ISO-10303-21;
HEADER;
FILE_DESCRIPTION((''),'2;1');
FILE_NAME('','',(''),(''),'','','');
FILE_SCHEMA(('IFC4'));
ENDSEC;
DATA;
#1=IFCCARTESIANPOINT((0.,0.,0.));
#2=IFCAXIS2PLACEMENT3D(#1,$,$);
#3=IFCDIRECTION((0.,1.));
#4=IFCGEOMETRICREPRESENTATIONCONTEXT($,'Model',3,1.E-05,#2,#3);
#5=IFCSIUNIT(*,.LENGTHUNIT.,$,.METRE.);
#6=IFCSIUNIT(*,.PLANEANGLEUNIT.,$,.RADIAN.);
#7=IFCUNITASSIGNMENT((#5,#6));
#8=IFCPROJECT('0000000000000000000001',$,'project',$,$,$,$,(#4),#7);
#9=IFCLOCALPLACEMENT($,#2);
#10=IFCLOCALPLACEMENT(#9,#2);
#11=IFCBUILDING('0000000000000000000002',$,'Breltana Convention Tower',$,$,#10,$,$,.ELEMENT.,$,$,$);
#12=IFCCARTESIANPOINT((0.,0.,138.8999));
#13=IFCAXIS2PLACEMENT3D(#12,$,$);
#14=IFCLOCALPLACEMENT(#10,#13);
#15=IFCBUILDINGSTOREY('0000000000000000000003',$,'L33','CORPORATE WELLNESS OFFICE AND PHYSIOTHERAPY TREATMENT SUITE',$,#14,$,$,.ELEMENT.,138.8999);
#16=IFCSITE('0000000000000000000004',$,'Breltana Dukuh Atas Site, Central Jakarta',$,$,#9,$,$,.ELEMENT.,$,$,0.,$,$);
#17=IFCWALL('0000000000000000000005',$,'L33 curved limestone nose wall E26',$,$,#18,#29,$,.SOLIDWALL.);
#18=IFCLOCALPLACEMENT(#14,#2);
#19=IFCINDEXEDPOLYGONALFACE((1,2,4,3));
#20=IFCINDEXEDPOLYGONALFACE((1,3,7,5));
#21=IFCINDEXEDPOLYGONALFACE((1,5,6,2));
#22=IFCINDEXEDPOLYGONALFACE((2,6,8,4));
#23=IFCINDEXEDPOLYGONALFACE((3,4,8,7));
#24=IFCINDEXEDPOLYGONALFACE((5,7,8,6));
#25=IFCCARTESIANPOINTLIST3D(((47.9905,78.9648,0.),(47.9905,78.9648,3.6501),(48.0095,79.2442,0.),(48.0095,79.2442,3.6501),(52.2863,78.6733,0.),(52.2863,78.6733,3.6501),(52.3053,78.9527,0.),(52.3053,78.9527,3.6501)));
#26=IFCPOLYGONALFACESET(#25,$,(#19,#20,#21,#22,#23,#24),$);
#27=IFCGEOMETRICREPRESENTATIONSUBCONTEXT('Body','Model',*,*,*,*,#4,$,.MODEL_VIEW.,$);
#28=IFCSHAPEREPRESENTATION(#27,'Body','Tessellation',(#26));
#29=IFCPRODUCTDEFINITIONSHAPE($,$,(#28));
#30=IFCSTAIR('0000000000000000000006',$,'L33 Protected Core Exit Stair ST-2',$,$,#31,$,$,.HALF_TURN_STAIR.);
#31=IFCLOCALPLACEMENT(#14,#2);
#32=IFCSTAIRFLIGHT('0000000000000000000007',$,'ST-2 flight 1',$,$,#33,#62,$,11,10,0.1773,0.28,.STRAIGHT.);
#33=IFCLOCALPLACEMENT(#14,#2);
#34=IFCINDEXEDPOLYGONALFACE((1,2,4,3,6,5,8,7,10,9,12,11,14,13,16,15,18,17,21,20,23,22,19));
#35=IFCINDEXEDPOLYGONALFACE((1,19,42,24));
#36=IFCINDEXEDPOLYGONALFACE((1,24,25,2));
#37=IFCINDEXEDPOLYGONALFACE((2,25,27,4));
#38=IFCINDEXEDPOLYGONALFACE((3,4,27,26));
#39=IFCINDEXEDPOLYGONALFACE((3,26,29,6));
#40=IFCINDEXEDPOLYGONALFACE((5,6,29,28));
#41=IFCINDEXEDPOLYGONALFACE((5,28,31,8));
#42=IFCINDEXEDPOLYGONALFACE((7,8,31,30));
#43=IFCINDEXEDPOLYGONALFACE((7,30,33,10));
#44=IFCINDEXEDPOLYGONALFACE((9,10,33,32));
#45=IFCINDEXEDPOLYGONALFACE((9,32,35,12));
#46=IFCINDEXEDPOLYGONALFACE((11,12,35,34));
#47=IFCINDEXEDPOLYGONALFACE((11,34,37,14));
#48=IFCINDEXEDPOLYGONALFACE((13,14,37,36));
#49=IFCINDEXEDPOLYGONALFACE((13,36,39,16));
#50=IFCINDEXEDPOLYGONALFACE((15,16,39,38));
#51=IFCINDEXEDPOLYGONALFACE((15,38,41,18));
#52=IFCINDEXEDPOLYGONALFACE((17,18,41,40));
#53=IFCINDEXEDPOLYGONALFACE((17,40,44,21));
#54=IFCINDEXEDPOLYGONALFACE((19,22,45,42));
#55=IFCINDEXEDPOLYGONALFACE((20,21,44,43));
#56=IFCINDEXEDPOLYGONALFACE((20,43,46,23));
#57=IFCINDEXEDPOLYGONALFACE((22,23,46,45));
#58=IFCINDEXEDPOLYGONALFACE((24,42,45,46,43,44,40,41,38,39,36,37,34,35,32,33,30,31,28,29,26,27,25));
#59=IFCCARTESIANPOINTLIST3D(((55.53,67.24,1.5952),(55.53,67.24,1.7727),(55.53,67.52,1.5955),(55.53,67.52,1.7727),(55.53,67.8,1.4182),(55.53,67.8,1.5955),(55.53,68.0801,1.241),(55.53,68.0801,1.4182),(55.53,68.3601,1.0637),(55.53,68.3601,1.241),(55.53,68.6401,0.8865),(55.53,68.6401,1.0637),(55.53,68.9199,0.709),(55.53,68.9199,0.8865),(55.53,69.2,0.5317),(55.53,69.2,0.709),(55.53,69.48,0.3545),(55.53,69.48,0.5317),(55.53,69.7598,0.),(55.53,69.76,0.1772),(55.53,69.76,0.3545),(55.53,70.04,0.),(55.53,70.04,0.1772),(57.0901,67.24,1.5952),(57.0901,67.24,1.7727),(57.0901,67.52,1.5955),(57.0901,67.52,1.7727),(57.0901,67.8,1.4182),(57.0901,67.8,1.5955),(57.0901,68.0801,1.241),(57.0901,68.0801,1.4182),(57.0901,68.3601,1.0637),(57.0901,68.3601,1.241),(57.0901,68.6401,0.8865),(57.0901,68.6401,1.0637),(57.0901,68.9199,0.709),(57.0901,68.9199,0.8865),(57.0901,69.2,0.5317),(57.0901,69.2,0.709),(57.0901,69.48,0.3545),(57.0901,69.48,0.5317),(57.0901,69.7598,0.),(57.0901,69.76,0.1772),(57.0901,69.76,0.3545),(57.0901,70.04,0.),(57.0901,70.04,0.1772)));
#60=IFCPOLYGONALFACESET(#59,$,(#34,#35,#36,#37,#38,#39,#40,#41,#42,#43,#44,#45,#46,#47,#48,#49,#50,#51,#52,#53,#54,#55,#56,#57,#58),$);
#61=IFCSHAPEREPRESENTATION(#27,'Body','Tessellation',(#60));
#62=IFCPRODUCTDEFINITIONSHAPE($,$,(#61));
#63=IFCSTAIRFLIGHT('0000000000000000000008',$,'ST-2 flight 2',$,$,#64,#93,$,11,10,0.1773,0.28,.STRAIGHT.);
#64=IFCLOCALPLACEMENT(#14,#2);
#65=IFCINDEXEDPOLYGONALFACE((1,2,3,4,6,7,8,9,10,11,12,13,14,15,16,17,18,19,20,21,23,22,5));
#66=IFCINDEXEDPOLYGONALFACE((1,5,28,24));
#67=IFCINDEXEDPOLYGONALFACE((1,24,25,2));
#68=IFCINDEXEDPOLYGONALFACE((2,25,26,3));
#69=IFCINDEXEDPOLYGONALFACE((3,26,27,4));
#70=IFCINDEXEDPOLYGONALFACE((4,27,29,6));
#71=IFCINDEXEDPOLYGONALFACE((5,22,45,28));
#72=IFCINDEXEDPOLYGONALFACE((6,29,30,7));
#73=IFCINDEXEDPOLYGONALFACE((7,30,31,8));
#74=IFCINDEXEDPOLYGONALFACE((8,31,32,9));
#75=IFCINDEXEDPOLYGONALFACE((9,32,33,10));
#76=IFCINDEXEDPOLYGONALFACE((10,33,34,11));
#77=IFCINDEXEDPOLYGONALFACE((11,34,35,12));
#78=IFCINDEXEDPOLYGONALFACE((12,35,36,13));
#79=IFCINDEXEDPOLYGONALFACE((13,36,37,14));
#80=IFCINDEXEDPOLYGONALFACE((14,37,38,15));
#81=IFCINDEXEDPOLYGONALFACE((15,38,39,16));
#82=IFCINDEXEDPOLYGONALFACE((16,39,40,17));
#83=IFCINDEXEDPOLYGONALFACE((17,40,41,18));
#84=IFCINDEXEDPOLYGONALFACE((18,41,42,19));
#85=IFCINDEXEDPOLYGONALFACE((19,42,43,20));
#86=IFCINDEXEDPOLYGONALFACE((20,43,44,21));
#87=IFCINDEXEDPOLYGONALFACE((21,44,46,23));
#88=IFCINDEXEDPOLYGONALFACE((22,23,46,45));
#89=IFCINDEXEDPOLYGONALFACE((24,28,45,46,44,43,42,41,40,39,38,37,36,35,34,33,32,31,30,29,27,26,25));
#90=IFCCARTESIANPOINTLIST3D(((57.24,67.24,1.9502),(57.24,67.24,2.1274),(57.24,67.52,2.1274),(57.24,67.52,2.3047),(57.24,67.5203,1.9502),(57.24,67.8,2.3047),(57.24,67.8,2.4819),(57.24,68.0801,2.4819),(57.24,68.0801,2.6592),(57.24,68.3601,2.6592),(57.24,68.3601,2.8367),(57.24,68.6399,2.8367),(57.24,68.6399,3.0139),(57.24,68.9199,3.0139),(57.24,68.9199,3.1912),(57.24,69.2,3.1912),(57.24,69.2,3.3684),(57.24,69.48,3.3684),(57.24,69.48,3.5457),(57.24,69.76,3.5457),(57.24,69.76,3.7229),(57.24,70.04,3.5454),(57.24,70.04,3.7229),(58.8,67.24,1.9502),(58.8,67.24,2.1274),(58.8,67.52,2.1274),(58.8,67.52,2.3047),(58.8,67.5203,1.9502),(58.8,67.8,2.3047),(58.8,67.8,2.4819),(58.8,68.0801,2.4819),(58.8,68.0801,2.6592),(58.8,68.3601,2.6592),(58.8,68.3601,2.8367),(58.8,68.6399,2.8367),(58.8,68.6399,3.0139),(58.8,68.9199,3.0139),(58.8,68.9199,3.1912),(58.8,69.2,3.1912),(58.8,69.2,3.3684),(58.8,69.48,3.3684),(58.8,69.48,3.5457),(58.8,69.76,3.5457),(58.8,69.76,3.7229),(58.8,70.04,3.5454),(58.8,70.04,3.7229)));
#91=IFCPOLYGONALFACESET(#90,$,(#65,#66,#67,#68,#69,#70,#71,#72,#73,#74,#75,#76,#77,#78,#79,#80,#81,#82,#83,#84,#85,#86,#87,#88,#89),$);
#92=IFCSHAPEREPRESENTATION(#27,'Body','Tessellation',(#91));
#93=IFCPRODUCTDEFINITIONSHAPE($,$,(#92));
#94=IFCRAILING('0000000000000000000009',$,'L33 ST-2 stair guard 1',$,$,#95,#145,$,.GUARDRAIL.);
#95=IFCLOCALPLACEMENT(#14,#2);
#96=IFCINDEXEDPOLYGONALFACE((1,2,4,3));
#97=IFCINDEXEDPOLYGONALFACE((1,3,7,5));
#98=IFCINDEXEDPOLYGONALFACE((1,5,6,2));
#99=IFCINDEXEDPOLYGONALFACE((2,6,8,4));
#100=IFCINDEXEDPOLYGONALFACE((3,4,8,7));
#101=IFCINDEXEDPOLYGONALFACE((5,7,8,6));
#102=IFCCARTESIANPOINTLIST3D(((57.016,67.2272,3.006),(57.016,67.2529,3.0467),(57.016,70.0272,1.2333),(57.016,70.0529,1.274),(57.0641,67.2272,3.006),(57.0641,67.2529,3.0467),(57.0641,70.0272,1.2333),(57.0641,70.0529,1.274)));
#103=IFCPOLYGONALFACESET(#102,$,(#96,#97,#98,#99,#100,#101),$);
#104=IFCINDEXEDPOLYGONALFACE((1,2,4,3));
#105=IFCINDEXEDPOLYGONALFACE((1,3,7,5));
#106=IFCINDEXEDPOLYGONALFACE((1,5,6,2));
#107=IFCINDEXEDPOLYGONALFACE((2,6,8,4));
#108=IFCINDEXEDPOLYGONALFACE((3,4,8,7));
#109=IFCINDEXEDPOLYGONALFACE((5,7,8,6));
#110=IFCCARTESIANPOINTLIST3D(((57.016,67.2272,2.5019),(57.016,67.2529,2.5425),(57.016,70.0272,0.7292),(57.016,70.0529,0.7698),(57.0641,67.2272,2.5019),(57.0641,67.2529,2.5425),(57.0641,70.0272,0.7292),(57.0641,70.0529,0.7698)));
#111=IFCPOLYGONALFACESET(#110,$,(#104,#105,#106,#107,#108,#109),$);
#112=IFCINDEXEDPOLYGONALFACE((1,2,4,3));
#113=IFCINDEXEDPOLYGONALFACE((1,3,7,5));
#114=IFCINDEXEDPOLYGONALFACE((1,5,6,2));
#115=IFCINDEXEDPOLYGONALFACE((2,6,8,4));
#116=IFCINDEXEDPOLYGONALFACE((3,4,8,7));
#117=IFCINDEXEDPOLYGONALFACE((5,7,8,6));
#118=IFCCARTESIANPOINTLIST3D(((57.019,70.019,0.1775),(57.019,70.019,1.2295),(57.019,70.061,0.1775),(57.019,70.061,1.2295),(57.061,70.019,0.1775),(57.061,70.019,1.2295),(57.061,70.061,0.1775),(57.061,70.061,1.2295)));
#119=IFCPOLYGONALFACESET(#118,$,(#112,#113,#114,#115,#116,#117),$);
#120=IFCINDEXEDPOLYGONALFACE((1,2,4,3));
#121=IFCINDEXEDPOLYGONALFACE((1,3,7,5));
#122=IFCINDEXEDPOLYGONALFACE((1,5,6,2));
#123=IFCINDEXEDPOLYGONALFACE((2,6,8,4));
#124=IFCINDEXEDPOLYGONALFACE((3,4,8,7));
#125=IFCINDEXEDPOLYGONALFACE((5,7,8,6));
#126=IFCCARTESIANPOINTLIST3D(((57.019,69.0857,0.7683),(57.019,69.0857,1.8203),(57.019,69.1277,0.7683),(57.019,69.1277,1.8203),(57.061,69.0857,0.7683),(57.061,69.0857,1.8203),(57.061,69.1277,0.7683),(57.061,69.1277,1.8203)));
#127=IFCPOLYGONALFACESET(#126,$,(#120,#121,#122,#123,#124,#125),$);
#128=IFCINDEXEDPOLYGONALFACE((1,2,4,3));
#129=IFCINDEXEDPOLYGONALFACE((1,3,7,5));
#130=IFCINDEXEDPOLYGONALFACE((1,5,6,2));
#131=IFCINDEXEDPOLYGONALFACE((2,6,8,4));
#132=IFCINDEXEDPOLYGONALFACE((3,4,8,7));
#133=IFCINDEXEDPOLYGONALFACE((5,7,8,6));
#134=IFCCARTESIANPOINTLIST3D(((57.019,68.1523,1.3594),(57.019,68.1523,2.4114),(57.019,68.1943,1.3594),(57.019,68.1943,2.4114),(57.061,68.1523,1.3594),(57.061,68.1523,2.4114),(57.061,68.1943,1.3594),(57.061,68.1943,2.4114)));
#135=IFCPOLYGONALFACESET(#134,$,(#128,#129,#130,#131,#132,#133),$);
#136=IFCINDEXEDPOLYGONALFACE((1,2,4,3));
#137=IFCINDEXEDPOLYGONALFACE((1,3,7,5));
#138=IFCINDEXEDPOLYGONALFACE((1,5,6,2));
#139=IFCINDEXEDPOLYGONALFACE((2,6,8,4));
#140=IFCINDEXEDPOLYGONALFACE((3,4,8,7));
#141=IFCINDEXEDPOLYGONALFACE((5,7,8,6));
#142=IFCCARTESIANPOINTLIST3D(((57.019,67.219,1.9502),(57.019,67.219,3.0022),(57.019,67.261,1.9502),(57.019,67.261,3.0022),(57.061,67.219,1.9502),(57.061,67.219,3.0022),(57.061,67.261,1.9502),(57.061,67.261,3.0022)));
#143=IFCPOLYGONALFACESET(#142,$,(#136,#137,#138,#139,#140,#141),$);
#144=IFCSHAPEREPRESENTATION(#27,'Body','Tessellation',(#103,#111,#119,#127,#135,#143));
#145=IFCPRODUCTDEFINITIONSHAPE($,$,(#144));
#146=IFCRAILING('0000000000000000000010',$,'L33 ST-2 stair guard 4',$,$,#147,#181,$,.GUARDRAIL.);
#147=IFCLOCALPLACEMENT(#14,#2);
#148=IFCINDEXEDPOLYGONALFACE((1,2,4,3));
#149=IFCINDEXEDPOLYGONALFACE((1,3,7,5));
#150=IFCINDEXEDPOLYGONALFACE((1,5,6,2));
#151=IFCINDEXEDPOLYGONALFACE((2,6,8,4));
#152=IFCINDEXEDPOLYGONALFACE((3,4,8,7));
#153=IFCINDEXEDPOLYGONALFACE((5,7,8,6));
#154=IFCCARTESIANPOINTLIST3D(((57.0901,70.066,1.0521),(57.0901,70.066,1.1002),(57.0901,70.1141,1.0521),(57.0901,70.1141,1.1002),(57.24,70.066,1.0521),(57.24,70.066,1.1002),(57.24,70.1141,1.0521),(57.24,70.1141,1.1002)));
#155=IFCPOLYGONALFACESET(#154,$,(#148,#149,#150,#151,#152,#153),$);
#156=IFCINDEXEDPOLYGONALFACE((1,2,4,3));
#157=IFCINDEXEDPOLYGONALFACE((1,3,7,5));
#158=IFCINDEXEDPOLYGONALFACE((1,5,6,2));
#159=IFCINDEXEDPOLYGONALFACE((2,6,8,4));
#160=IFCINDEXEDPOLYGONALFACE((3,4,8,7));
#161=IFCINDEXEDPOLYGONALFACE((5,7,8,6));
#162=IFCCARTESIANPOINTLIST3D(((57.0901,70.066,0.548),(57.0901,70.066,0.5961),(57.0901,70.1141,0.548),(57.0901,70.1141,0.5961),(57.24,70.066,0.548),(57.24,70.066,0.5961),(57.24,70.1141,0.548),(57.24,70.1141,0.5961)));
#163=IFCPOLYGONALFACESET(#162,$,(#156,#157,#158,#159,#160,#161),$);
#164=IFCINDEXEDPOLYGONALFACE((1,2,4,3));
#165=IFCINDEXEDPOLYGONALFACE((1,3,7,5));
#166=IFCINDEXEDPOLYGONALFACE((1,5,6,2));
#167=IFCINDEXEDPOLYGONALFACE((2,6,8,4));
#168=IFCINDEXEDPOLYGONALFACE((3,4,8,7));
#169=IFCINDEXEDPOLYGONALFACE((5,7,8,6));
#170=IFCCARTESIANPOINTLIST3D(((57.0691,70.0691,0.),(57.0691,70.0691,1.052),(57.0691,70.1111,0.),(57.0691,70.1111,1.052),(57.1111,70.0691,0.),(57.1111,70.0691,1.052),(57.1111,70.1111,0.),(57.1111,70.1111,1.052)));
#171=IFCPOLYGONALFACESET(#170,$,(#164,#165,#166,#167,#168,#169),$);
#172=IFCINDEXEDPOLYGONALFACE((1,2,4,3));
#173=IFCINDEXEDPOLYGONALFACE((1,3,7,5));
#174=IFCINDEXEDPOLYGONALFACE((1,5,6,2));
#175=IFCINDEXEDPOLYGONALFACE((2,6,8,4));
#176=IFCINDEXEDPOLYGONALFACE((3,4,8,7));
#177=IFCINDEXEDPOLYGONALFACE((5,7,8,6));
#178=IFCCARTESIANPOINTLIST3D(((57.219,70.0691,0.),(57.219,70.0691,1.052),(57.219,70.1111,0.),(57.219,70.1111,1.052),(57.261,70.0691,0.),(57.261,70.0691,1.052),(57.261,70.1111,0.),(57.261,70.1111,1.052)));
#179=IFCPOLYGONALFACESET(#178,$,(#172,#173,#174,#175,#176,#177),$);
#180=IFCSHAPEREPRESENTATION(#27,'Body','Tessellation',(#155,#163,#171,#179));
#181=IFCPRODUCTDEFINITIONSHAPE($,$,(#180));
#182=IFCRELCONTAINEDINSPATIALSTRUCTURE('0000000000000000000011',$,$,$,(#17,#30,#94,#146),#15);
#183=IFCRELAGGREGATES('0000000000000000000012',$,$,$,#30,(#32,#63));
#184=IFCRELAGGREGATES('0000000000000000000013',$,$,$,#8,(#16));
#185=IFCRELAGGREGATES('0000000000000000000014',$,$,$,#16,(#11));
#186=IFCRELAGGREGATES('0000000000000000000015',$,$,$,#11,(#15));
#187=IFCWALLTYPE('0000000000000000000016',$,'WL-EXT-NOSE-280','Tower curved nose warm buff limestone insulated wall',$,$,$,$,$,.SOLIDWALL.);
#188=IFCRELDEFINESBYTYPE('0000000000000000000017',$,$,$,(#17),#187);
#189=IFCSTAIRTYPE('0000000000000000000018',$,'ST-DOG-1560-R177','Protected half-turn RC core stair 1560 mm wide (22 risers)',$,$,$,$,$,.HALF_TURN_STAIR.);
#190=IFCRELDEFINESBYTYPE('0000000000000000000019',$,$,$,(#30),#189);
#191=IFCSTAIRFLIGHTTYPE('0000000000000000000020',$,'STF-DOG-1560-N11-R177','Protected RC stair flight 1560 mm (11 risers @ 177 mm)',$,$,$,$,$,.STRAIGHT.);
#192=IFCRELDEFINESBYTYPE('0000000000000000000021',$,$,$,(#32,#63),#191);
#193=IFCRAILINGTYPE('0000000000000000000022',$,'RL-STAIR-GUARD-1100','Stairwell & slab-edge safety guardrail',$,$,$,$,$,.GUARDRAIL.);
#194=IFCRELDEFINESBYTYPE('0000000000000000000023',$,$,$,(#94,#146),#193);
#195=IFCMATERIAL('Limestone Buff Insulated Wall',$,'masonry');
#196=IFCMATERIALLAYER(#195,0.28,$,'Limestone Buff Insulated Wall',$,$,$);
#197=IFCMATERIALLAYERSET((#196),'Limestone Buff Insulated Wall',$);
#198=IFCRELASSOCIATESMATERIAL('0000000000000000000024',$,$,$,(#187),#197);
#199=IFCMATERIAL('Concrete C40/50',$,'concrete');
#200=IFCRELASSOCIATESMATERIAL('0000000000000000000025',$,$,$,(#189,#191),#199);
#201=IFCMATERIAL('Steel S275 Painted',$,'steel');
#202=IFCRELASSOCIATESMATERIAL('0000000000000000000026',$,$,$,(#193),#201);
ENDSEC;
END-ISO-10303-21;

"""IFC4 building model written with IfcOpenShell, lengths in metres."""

from ifc_helpers import new_model, si_unit, direction, frame, frame_2d, origin, origin_2d, place, context, subcontext, project, spatial, polyline, rectangle, outline, extrude, source, transform, mapped, material, layer, layer_set, type_object, element, aggregate, save


model = new_model("IFC4")

# Units and contexts
model_context = context("Model", 3, precision=1e-05, world=origin(), true_north=direction((0.0, 1.0)))
body_context = subcontext(model_context, "Body", "Model", "MODEL_VIEW")
ifc_project = project(units=[si_unit("LENGTHUNIT", "METRE"), si_unit("PLANEANGLEUNIT", "RADIAN")], contexts=[model_context])

# Site, building, storey
site_placement = place(None, origin())
site = spatial("IfcSite", under=ifc_project, at=site_placement, Name="Breltana Dukuh Atas Site, Central Jakarta", CompositionType="ELEMENT", RefElevation=0.0)
building_placement = place(site_placement, origin())
building = spatial("IfcBuilding", under=site, at=building_placement, Name="Breltana Convention Tower", CompositionType="ELEMENT")
storey_placement = place(building_placement, frame((0.0, 0.0, 138.8999)))
storey = spatial("IfcBuildingStorey", under=building, at=storey_placement, Name="L33", Description="CORPORATE WELLNESS OFFICE AND PHYSIOTHERAPY TREATMENT SUITE", CompositionType="ELEMENT", Elevation=138.8999)

# Wall
ifc_material_1 = material(Name="Limestone Buff Insulated Wall", Category="masonry")
ifc_layer_1 = layer(ifc_material_1, 0.28, Name="Limestone Buff Insulated Wall")
ifc_layer_set_1 = layer_set([ifc_layer_1], Name="Limestone Buff Insulated Wall")
wall_type_1 = type_object("IfcWallType", Name="WL-EXT-NOSE-280", Description="Tower curved nose warm buff limestone insulated wall", PredefinedType="SOLIDWALL", material=ifc_layer_set_1)
shared_shape_1 = source(origin(), body_context, "Body", "SweptSolid", [
    extrude(rectangle(XDim=4.3057, YDim=0.28, at=frame_2d((2.1528, 0.0))), origin(), (0.0, 0.0, 1.0), 3.6501),
])
wall_1_placement = place(storey_placement, frame((48.0, 79.1045, 0.0), z_axis=(0.0, 0.0, 1.0), x_axis=(0.997706, -0.067701, 0.0)))
element("IfcWall", 1, at=wall_1_placement, inside=storey, type_object=wall_type_1, Name="L33 curved limestone nose wall E26", PredefinedType="SOLIDWALL", context=body_context, shape_type="MappedRepresentation", body=[
    mapped(shared_shape_1, transform((0.0, 0.0, 0.0), scale=1.0)),
])

# Stair, stair flights
ifc_material_2 = material(Name="Concrete C40/50", Category="concrete")
stair_type = type_object("IfcStairType", Name="ST-DOG-1560-R177", Description="Protected half-turn RC core stair 1560 mm wide (22 risers)", PredefinedType="HALF_TURN_STAIR", material=ifc_material_2)
stair_placement = place(storey_placement, origin())
stair = element("IfcStair", 2, at=stair_placement, inside=storey, type_object=stair_type, Name="L33 Protected Core Exit Stair ST-2", PredefinedType="HALF_TURN_STAIR")
stair_flight_type = type_object("IfcStairFlightType", Name="STF-DOG-1560-N11-R177", Description="Protected RC stair flight 1560 mm (11 risers @ 177 mm)", PredefinedType="STRAIGHT", material=ifc_material_2)
stair_flight_1_placement = place(storey_placement, frame((56.3101, 70.04, 0.0), z_axis=(0.0, 0.0, 1.0), x_axis=(0.0, -1.0, 0.0)))
stair_flight_1 = element("IfcStairFlight", 3, at=stair_flight_1_placement, type_object=stair_flight_type, Name="ST-2 flight 1", NumberOfRisers=11, NumberOfTreads=10, PredefinedType="STRAIGHT", RiserHeight=0.1773, TreadLength=0.28, context=body_context, shape_type="SweptSolid", body=[
    extrude(outline(polyline([(0.0, 0.0), (0.0, 0.1772), (0.28, 0.1772), (0.28, 0.3545), (0.5601, 0.3545), (0.5601, 0.5317), (0.8401, 0.5317), (0.8401, 0.709), (1.1201, 0.709), (1.1201, 0.8865), (1.3999, 0.8865), (1.3999, 1.0637), (1.6799, 1.0637), (1.6799, 1.241), (1.96, 1.241), (1.96, 1.4182), (2.24, 1.4182), (2.24, 1.5955), (2.52, 1.5955), (2.52, 1.7727), (2.8, 1.7727), (2.8, 1.95), (2.8, 1.5952), (0.2803, 0.0), (0.0, 0.0)])), frame((0.0, 0.78, 0.0), z_axis=(0.0, -1.0, 0.0), x_axis=(1.0, 0.0, 0.0)), (0.0, 0.0, 1.0), 1.5601),
])
stair_flight_2_placement = place(storey_placement, frame((58.02, 67.24, 1.9502), z_axis=(0.0, 0.0, 1.0), x_axis=(0.0, 1.0, 0.0)))
stair_flight_2 = element("IfcStairFlight", 4, at=stair_flight_2_placement, type_object=stair_flight_type, Name="ST-2 flight 2", NumberOfRisers=11, NumberOfTreads=10, PredefinedType="STRAIGHT", RiserHeight=0.1773, TreadLength=0.28, context=body_context, shape_type="SweptSolid", body=[
    extrude(outline(polyline([(0.0, 0.0), (0.0, 0.1772), (0.28, 0.1772), (0.28, 0.3545), (0.5601, 0.3545), (0.5601, 0.5317), (0.8401, 0.5317), (0.8401, 0.709), (1.1201, 0.709), (1.1201, 0.8865), (1.3999, 0.8865), (1.3999, 1.0637), (1.6799, 1.0637), (1.6799, 1.241), (1.96, 1.241), (1.96, 1.4182), (2.24, 1.4182), (2.24, 1.5955), (2.52, 1.5955), (2.52, 1.7727), (2.8, 1.7727), (2.8, 1.95), (2.8, 1.5952), (0.2803, 0.0), (0.0, 0.0)])), frame((0.0, 0.78, 0.0), z_axis=(0.0, -1.0, 0.0), x_axis=(1.0, 0.0, 0.0)), (0.0, 0.0, 1.0), 1.5601),
])
aggregate(stair, [stair_flight_1, stair_flight_2])

# Railings
ifc_material_3 = material(Name="Steel S275 Painted", Category="steel")
railing_type_1 = type_object("IfcRailingType", Name="RL-STAIR-GUARD-1100", Description="Stairwell & slab-edge safety guardrail", PredefinedType="GUARDRAIL", material=ifc_material_3)
railing_1_placement = place(storey_placement, frame((57.04, 70.04, 0.1775)))
element("IfcRailing", 5, at=railing_1_placement, inside=storey, type_object=railing_type_1, Name="L33 ST-2 stair guard 1", PredefinedType="GUARDRAIL", context=body_context, shape_type="SweptSolid", body=[
    extrude(rectangle(XDim=0.0481, YDim=0.0481, at=origin_2d()), frame((0.0, 0.0, 1.0762), z_axis=(0.0, -0.844909, 0.53491), x_axis=(1.0, 0.0, 0.0)), (0.0, 0.0, 1.0), 3.314),
    extrude(rectangle(XDim=0.0481, YDim=0.0481, at=origin_2d()), frame((0.0, 0.0, 0.572), z_axis=(0.0, -0.844909, 0.53491), x_axis=(1.0, 0.0, 0.0)), (0.0, 0.0, 1.0), 3.314),
    extrude(rectangle(XDim=0.042, YDim=0.042, at=origin_2d()), origin(), (0.0, 0.0, 1.0), 1.052),
    extrude(rectangle(XDim=0.042, YDim=0.042, at=origin_2d()), frame((0.0, -0.9333, 0.5908)), (0.0, 0.0, 1.0), 1.052),
    extrude(rectangle(XDim=0.042, YDim=0.042, at=origin_2d()), frame((0.0, -1.8667, 1.1819)), (0.0, 0.0, 1.0), 1.052),
    extrude(rectangle(XDim=0.042, YDim=0.042, at=origin_2d()), frame((0.0, -2.8, 1.7727)), (0.0, 0.0, 1.0), 1.052),
])
railing_2_placement = place(storey_placement, frame((57.0901, 70.0901, 0.0)))
element("IfcRailing", 6, at=railing_2_placement, inside=storey, type_object=railing_type_1, Name="L33 ST-2 stair guard 4", PredefinedType="GUARDRAIL", context=body_context, shape_type="SweptSolid", body=[
    extrude(rectangle(XDim=0.0481, YDim=0.0481, at=origin_2d()), frame((0.0, 0.0, 1.0762), z_axis=(1.0, 0.0, 0.0), x_axis=(0.0, 1.0, 0.0)), (0.0, 0.0, 1.0), 0.1499),
    extrude(rectangle(XDim=0.0481, YDim=0.0481, at=origin_2d()), frame((0.0, 0.0, 0.572), z_axis=(1.0, 0.0, 0.0), x_axis=(0.0, 1.0, 0.0)), (0.0, 0.0, 1.0), 0.1499),
    extrude(rectangle(XDim=0.042, YDim=0.042, at=origin_2d()), origin(), (0.0, 0.0, 1.0), 1.052),
    extrude(rectangle(XDim=0.042, YDim=0.042, at=origin_2d()), frame((0.1499, 0.0, 0.0)), (0.0, 0.0, 1.0), 1.052),
])

save(model, "model.ifc")
